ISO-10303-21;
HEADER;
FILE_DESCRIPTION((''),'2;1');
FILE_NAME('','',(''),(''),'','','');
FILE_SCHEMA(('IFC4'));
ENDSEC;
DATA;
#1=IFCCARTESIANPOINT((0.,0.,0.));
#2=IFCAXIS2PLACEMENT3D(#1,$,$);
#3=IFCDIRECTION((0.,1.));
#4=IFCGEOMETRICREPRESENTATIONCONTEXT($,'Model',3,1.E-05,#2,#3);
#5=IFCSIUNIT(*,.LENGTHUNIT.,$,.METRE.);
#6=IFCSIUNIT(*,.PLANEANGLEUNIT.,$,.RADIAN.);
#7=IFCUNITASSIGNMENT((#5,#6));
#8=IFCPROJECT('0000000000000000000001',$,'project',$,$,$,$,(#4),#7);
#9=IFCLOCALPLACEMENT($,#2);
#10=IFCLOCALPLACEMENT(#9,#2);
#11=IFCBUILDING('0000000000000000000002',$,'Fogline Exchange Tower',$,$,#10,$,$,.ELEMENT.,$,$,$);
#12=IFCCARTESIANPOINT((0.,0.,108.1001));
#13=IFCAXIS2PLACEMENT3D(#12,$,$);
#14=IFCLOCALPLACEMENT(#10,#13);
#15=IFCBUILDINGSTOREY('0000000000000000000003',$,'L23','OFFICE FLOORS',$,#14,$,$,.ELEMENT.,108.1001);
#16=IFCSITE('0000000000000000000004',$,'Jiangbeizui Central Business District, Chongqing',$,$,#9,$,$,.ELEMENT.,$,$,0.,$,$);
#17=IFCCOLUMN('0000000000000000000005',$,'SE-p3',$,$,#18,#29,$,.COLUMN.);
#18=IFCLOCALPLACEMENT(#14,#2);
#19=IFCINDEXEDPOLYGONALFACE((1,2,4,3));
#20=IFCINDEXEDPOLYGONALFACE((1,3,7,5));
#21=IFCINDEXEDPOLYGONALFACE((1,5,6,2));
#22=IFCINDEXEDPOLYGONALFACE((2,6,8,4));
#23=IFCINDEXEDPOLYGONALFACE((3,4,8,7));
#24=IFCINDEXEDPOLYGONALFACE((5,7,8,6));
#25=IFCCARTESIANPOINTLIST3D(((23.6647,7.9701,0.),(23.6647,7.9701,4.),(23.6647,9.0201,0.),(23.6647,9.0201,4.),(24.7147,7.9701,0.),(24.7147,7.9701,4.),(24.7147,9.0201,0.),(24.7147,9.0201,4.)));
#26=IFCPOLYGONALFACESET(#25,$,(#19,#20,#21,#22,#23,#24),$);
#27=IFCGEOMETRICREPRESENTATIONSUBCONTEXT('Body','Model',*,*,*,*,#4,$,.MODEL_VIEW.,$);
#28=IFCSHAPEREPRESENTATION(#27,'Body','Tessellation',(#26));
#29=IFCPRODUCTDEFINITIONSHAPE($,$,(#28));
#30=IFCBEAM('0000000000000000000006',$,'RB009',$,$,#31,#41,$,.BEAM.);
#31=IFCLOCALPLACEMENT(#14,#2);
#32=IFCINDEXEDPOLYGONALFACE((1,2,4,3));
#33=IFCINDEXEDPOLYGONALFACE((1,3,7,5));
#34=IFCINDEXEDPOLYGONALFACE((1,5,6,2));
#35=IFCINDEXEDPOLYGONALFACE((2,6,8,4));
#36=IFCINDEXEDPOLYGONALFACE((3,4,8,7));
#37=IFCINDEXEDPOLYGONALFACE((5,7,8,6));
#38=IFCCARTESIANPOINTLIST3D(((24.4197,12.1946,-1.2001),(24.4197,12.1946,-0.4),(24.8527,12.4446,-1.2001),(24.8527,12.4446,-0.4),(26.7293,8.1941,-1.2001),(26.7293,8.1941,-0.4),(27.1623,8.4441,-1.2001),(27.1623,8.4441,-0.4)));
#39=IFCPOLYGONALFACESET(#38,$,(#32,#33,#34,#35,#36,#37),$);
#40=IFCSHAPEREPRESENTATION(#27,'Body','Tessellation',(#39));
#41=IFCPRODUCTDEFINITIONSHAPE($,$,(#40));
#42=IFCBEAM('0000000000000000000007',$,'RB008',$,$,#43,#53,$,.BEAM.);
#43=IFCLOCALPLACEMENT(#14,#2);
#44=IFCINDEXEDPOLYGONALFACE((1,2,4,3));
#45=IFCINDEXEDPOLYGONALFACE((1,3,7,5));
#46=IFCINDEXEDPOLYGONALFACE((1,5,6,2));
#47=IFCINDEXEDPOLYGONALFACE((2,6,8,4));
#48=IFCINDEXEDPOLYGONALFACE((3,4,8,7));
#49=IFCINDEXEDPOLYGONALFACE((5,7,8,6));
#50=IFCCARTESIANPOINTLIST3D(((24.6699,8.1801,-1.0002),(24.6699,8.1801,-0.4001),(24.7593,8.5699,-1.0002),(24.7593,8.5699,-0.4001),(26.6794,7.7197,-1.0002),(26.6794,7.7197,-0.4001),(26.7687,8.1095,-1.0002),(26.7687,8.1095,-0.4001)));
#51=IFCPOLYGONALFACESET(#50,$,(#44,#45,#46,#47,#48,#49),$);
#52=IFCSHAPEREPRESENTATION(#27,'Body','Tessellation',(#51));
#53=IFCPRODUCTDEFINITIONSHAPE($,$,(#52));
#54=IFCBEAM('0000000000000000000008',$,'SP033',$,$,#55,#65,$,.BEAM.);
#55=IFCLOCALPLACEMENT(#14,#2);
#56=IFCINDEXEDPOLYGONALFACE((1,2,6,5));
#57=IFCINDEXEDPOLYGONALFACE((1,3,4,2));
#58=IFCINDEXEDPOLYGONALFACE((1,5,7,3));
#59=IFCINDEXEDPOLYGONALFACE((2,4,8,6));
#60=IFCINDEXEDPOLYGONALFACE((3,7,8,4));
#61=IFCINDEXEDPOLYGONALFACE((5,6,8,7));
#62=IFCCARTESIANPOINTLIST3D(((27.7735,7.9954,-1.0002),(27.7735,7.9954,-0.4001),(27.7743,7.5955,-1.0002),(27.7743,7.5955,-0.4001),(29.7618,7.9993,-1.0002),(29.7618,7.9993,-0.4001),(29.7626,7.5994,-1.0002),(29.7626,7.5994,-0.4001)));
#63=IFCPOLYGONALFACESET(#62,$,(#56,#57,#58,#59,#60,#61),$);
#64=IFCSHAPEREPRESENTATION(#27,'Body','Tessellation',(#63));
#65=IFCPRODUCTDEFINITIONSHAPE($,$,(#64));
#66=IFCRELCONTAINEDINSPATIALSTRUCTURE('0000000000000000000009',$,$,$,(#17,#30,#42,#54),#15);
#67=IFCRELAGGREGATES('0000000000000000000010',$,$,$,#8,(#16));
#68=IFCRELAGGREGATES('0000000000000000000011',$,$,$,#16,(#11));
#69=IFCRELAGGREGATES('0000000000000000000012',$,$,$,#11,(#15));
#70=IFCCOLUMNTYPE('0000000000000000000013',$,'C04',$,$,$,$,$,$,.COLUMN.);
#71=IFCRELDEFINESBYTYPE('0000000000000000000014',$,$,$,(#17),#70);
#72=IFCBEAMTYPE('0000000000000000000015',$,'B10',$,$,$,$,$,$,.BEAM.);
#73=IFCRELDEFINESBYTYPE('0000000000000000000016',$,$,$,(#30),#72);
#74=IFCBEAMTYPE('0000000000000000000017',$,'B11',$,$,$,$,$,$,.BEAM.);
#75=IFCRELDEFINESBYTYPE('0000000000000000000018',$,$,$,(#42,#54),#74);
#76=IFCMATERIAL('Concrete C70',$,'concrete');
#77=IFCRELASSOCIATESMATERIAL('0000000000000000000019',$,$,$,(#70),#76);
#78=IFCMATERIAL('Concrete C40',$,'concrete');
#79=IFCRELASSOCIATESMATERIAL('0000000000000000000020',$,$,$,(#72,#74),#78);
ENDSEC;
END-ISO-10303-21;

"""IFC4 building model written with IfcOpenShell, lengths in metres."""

from ifc_helpers import new_model, si_unit, direction, frame, origin, origin_2d, place, context, subcontext, project, spatial, rectangle, extrude, material, material_profile, profile_set, type_object, element, save


model = new_model("IFC4")

# Units and contexts
model_context = context("Model", 3, precision=1e-05, world=origin(), true_north=direction((0.0, 1.0)))
body_context = subcontext(model_context, "Body", "Model", "MODEL_VIEW")
ifc_project = project(units=[si_unit("LENGTHUNIT", "METRE"), si_unit("PLANEANGLEUNIT", "RADIAN")], contexts=[model_context])

# Site, building, storey
site_placement = place(None, origin())
site = spatial("IfcSite", under=ifc_project, at=site_placement, Name="Jiangbeizui Central Business District, Chongqing", CompositionType="ELEMENT", RefElevation=0.0)
building_placement = place(site_placement, origin())
building = spatial("IfcBuilding", under=site, at=building_placement, Name="Fogline Exchange Tower", CompositionType="ELEMENT")
storey_placement = place(building_placement, frame((0.0, 0.0, 108.1001)))
storey = spatial("IfcBuildingStorey", under=building, at=storey_placement, Name="L23", Description="OFFICE FLOORS", CompositionType="ELEMENT", Elevation=108.1001)

# Column
ifc_material_1 = material(Name="Concrete C70", Category="concrete")
ifc_material_profile_1 = material_profile(ifc_material_1, rectangle(XDim=1.05, YDim=1.05, at=origin_2d()), Name="RC 1050x1050")
ifc_profile_set_1 = profile_set([ifc_material_profile_1], Name="Concrete C70")
column_type = type_object("IfcColumnType", Name="C04", PredefinedType="COLUMN", material=ifc_profile_set_1)
column_placement = place(storey_placement, frame((24.1897, 8.4951, 0.0), z_axis=(0.0, 0.0, 1.0), x_axis=(1.0, 0.0, 0.0)))
element("IfcColumn", 1, at=column_placement, inside=storey, type_object=column_type, Name="SE-p3", PredefinedType="COLUMN", context=body_context, shape_type="SweptSolid", body=[
    extrude(rectangle(XDim=1.05, YDim=1.05, at=origin_2d()), origin(), (0.0, 0.0, 1.0), 4.0),
])

# Beams
ifc_material_2 = material(Name="Concrete C40", Category="concrete")
ifc_material_profile_2 = material_profile(ifc_material_2, rectangle(XDim=0.5, YDim=0.8, at=origin_2d()), Name="RC 500x800")
ifc_profile_set_2 = profile_set([ifc_material_profile_2], Name="Concrete C40")
beam_type_1 = type_object("IfcBeamType", Name="B10", PredefinedType="BEAM", material=ifc_profile_set_2)
beam_1_placement = place(storey_placement, frame((26.9458, 8.3191, -0.8), z_axis=(-0.499982, 0.866036, 0.0), x_axis=(-0.866036, -0.499982, 0.0)))
element("IfcBeam", 2, at=beam_1_placement, inside=storey, type_object=beam_type_1, Name="RB009", PredefinedType="BEAM", context=body_context, shape_type="SweptSolid", body=[
    extrude(rectangle(XDim=0.5, YDim=0.8, at=origin_2d()), origin(), (0.0, 0.0, 1.0), 4.6194),
])
ifc_material_profile_3 = material_profile(ifc_material_2, rectangle(XDim=0.3999, YDim=0.6001, at=origin_2d()), Name="RC 400x600")
ifc_profile_set_3 = profile_set([ifc_material_profile_3], Name="Concrete C40")
beam_type_2 = type_object("IfcBeamType", Name="B11", PredefinedType="BEAM", material=ifc_profile_set_3)
beam_2_placement = place(storey_placement, frame((24.7146, 8.375, -0.7002), z_axis=(0.974739, -0.223346, 0.0), x_axis=(0.223346, 0.974739, 0.0)))
element("IfcBeam", 3, at=beam_2_placement, inside=storey, type_object=beam_type_2, Name="RB008", PredefinedType="BEAM", context=body_context, shape_type="SweptSolid", body=[
    extrude(rectangle(XDim=0.3999, YDim=0.6001, at=origin_2d()), origin(), (0.0, 0.0, 1.0), 2.0615),
])
beam_3_placement = place(storey_placement, frame((27.7739, 7.7954, -0.7002), z_axis=(0.999998, 0.001965, 0.0), x_axis=(-0.001965, 0.999998, 0.0)))
element("IfcBeam", 4, at=beam_3_placement, inside=storey, type_object=beam_type_2, Name="SP033", PredefinedType="BEAM", context=body_context, shape_type="SweptSolid", body=[
    extrude(rectangle(XDim=0.3999, YDim=0.6001, at=origin_2d()), origin(), (0.0, 0.0, 1.0), 1.9883),
])

save(model, "model.ifc")
